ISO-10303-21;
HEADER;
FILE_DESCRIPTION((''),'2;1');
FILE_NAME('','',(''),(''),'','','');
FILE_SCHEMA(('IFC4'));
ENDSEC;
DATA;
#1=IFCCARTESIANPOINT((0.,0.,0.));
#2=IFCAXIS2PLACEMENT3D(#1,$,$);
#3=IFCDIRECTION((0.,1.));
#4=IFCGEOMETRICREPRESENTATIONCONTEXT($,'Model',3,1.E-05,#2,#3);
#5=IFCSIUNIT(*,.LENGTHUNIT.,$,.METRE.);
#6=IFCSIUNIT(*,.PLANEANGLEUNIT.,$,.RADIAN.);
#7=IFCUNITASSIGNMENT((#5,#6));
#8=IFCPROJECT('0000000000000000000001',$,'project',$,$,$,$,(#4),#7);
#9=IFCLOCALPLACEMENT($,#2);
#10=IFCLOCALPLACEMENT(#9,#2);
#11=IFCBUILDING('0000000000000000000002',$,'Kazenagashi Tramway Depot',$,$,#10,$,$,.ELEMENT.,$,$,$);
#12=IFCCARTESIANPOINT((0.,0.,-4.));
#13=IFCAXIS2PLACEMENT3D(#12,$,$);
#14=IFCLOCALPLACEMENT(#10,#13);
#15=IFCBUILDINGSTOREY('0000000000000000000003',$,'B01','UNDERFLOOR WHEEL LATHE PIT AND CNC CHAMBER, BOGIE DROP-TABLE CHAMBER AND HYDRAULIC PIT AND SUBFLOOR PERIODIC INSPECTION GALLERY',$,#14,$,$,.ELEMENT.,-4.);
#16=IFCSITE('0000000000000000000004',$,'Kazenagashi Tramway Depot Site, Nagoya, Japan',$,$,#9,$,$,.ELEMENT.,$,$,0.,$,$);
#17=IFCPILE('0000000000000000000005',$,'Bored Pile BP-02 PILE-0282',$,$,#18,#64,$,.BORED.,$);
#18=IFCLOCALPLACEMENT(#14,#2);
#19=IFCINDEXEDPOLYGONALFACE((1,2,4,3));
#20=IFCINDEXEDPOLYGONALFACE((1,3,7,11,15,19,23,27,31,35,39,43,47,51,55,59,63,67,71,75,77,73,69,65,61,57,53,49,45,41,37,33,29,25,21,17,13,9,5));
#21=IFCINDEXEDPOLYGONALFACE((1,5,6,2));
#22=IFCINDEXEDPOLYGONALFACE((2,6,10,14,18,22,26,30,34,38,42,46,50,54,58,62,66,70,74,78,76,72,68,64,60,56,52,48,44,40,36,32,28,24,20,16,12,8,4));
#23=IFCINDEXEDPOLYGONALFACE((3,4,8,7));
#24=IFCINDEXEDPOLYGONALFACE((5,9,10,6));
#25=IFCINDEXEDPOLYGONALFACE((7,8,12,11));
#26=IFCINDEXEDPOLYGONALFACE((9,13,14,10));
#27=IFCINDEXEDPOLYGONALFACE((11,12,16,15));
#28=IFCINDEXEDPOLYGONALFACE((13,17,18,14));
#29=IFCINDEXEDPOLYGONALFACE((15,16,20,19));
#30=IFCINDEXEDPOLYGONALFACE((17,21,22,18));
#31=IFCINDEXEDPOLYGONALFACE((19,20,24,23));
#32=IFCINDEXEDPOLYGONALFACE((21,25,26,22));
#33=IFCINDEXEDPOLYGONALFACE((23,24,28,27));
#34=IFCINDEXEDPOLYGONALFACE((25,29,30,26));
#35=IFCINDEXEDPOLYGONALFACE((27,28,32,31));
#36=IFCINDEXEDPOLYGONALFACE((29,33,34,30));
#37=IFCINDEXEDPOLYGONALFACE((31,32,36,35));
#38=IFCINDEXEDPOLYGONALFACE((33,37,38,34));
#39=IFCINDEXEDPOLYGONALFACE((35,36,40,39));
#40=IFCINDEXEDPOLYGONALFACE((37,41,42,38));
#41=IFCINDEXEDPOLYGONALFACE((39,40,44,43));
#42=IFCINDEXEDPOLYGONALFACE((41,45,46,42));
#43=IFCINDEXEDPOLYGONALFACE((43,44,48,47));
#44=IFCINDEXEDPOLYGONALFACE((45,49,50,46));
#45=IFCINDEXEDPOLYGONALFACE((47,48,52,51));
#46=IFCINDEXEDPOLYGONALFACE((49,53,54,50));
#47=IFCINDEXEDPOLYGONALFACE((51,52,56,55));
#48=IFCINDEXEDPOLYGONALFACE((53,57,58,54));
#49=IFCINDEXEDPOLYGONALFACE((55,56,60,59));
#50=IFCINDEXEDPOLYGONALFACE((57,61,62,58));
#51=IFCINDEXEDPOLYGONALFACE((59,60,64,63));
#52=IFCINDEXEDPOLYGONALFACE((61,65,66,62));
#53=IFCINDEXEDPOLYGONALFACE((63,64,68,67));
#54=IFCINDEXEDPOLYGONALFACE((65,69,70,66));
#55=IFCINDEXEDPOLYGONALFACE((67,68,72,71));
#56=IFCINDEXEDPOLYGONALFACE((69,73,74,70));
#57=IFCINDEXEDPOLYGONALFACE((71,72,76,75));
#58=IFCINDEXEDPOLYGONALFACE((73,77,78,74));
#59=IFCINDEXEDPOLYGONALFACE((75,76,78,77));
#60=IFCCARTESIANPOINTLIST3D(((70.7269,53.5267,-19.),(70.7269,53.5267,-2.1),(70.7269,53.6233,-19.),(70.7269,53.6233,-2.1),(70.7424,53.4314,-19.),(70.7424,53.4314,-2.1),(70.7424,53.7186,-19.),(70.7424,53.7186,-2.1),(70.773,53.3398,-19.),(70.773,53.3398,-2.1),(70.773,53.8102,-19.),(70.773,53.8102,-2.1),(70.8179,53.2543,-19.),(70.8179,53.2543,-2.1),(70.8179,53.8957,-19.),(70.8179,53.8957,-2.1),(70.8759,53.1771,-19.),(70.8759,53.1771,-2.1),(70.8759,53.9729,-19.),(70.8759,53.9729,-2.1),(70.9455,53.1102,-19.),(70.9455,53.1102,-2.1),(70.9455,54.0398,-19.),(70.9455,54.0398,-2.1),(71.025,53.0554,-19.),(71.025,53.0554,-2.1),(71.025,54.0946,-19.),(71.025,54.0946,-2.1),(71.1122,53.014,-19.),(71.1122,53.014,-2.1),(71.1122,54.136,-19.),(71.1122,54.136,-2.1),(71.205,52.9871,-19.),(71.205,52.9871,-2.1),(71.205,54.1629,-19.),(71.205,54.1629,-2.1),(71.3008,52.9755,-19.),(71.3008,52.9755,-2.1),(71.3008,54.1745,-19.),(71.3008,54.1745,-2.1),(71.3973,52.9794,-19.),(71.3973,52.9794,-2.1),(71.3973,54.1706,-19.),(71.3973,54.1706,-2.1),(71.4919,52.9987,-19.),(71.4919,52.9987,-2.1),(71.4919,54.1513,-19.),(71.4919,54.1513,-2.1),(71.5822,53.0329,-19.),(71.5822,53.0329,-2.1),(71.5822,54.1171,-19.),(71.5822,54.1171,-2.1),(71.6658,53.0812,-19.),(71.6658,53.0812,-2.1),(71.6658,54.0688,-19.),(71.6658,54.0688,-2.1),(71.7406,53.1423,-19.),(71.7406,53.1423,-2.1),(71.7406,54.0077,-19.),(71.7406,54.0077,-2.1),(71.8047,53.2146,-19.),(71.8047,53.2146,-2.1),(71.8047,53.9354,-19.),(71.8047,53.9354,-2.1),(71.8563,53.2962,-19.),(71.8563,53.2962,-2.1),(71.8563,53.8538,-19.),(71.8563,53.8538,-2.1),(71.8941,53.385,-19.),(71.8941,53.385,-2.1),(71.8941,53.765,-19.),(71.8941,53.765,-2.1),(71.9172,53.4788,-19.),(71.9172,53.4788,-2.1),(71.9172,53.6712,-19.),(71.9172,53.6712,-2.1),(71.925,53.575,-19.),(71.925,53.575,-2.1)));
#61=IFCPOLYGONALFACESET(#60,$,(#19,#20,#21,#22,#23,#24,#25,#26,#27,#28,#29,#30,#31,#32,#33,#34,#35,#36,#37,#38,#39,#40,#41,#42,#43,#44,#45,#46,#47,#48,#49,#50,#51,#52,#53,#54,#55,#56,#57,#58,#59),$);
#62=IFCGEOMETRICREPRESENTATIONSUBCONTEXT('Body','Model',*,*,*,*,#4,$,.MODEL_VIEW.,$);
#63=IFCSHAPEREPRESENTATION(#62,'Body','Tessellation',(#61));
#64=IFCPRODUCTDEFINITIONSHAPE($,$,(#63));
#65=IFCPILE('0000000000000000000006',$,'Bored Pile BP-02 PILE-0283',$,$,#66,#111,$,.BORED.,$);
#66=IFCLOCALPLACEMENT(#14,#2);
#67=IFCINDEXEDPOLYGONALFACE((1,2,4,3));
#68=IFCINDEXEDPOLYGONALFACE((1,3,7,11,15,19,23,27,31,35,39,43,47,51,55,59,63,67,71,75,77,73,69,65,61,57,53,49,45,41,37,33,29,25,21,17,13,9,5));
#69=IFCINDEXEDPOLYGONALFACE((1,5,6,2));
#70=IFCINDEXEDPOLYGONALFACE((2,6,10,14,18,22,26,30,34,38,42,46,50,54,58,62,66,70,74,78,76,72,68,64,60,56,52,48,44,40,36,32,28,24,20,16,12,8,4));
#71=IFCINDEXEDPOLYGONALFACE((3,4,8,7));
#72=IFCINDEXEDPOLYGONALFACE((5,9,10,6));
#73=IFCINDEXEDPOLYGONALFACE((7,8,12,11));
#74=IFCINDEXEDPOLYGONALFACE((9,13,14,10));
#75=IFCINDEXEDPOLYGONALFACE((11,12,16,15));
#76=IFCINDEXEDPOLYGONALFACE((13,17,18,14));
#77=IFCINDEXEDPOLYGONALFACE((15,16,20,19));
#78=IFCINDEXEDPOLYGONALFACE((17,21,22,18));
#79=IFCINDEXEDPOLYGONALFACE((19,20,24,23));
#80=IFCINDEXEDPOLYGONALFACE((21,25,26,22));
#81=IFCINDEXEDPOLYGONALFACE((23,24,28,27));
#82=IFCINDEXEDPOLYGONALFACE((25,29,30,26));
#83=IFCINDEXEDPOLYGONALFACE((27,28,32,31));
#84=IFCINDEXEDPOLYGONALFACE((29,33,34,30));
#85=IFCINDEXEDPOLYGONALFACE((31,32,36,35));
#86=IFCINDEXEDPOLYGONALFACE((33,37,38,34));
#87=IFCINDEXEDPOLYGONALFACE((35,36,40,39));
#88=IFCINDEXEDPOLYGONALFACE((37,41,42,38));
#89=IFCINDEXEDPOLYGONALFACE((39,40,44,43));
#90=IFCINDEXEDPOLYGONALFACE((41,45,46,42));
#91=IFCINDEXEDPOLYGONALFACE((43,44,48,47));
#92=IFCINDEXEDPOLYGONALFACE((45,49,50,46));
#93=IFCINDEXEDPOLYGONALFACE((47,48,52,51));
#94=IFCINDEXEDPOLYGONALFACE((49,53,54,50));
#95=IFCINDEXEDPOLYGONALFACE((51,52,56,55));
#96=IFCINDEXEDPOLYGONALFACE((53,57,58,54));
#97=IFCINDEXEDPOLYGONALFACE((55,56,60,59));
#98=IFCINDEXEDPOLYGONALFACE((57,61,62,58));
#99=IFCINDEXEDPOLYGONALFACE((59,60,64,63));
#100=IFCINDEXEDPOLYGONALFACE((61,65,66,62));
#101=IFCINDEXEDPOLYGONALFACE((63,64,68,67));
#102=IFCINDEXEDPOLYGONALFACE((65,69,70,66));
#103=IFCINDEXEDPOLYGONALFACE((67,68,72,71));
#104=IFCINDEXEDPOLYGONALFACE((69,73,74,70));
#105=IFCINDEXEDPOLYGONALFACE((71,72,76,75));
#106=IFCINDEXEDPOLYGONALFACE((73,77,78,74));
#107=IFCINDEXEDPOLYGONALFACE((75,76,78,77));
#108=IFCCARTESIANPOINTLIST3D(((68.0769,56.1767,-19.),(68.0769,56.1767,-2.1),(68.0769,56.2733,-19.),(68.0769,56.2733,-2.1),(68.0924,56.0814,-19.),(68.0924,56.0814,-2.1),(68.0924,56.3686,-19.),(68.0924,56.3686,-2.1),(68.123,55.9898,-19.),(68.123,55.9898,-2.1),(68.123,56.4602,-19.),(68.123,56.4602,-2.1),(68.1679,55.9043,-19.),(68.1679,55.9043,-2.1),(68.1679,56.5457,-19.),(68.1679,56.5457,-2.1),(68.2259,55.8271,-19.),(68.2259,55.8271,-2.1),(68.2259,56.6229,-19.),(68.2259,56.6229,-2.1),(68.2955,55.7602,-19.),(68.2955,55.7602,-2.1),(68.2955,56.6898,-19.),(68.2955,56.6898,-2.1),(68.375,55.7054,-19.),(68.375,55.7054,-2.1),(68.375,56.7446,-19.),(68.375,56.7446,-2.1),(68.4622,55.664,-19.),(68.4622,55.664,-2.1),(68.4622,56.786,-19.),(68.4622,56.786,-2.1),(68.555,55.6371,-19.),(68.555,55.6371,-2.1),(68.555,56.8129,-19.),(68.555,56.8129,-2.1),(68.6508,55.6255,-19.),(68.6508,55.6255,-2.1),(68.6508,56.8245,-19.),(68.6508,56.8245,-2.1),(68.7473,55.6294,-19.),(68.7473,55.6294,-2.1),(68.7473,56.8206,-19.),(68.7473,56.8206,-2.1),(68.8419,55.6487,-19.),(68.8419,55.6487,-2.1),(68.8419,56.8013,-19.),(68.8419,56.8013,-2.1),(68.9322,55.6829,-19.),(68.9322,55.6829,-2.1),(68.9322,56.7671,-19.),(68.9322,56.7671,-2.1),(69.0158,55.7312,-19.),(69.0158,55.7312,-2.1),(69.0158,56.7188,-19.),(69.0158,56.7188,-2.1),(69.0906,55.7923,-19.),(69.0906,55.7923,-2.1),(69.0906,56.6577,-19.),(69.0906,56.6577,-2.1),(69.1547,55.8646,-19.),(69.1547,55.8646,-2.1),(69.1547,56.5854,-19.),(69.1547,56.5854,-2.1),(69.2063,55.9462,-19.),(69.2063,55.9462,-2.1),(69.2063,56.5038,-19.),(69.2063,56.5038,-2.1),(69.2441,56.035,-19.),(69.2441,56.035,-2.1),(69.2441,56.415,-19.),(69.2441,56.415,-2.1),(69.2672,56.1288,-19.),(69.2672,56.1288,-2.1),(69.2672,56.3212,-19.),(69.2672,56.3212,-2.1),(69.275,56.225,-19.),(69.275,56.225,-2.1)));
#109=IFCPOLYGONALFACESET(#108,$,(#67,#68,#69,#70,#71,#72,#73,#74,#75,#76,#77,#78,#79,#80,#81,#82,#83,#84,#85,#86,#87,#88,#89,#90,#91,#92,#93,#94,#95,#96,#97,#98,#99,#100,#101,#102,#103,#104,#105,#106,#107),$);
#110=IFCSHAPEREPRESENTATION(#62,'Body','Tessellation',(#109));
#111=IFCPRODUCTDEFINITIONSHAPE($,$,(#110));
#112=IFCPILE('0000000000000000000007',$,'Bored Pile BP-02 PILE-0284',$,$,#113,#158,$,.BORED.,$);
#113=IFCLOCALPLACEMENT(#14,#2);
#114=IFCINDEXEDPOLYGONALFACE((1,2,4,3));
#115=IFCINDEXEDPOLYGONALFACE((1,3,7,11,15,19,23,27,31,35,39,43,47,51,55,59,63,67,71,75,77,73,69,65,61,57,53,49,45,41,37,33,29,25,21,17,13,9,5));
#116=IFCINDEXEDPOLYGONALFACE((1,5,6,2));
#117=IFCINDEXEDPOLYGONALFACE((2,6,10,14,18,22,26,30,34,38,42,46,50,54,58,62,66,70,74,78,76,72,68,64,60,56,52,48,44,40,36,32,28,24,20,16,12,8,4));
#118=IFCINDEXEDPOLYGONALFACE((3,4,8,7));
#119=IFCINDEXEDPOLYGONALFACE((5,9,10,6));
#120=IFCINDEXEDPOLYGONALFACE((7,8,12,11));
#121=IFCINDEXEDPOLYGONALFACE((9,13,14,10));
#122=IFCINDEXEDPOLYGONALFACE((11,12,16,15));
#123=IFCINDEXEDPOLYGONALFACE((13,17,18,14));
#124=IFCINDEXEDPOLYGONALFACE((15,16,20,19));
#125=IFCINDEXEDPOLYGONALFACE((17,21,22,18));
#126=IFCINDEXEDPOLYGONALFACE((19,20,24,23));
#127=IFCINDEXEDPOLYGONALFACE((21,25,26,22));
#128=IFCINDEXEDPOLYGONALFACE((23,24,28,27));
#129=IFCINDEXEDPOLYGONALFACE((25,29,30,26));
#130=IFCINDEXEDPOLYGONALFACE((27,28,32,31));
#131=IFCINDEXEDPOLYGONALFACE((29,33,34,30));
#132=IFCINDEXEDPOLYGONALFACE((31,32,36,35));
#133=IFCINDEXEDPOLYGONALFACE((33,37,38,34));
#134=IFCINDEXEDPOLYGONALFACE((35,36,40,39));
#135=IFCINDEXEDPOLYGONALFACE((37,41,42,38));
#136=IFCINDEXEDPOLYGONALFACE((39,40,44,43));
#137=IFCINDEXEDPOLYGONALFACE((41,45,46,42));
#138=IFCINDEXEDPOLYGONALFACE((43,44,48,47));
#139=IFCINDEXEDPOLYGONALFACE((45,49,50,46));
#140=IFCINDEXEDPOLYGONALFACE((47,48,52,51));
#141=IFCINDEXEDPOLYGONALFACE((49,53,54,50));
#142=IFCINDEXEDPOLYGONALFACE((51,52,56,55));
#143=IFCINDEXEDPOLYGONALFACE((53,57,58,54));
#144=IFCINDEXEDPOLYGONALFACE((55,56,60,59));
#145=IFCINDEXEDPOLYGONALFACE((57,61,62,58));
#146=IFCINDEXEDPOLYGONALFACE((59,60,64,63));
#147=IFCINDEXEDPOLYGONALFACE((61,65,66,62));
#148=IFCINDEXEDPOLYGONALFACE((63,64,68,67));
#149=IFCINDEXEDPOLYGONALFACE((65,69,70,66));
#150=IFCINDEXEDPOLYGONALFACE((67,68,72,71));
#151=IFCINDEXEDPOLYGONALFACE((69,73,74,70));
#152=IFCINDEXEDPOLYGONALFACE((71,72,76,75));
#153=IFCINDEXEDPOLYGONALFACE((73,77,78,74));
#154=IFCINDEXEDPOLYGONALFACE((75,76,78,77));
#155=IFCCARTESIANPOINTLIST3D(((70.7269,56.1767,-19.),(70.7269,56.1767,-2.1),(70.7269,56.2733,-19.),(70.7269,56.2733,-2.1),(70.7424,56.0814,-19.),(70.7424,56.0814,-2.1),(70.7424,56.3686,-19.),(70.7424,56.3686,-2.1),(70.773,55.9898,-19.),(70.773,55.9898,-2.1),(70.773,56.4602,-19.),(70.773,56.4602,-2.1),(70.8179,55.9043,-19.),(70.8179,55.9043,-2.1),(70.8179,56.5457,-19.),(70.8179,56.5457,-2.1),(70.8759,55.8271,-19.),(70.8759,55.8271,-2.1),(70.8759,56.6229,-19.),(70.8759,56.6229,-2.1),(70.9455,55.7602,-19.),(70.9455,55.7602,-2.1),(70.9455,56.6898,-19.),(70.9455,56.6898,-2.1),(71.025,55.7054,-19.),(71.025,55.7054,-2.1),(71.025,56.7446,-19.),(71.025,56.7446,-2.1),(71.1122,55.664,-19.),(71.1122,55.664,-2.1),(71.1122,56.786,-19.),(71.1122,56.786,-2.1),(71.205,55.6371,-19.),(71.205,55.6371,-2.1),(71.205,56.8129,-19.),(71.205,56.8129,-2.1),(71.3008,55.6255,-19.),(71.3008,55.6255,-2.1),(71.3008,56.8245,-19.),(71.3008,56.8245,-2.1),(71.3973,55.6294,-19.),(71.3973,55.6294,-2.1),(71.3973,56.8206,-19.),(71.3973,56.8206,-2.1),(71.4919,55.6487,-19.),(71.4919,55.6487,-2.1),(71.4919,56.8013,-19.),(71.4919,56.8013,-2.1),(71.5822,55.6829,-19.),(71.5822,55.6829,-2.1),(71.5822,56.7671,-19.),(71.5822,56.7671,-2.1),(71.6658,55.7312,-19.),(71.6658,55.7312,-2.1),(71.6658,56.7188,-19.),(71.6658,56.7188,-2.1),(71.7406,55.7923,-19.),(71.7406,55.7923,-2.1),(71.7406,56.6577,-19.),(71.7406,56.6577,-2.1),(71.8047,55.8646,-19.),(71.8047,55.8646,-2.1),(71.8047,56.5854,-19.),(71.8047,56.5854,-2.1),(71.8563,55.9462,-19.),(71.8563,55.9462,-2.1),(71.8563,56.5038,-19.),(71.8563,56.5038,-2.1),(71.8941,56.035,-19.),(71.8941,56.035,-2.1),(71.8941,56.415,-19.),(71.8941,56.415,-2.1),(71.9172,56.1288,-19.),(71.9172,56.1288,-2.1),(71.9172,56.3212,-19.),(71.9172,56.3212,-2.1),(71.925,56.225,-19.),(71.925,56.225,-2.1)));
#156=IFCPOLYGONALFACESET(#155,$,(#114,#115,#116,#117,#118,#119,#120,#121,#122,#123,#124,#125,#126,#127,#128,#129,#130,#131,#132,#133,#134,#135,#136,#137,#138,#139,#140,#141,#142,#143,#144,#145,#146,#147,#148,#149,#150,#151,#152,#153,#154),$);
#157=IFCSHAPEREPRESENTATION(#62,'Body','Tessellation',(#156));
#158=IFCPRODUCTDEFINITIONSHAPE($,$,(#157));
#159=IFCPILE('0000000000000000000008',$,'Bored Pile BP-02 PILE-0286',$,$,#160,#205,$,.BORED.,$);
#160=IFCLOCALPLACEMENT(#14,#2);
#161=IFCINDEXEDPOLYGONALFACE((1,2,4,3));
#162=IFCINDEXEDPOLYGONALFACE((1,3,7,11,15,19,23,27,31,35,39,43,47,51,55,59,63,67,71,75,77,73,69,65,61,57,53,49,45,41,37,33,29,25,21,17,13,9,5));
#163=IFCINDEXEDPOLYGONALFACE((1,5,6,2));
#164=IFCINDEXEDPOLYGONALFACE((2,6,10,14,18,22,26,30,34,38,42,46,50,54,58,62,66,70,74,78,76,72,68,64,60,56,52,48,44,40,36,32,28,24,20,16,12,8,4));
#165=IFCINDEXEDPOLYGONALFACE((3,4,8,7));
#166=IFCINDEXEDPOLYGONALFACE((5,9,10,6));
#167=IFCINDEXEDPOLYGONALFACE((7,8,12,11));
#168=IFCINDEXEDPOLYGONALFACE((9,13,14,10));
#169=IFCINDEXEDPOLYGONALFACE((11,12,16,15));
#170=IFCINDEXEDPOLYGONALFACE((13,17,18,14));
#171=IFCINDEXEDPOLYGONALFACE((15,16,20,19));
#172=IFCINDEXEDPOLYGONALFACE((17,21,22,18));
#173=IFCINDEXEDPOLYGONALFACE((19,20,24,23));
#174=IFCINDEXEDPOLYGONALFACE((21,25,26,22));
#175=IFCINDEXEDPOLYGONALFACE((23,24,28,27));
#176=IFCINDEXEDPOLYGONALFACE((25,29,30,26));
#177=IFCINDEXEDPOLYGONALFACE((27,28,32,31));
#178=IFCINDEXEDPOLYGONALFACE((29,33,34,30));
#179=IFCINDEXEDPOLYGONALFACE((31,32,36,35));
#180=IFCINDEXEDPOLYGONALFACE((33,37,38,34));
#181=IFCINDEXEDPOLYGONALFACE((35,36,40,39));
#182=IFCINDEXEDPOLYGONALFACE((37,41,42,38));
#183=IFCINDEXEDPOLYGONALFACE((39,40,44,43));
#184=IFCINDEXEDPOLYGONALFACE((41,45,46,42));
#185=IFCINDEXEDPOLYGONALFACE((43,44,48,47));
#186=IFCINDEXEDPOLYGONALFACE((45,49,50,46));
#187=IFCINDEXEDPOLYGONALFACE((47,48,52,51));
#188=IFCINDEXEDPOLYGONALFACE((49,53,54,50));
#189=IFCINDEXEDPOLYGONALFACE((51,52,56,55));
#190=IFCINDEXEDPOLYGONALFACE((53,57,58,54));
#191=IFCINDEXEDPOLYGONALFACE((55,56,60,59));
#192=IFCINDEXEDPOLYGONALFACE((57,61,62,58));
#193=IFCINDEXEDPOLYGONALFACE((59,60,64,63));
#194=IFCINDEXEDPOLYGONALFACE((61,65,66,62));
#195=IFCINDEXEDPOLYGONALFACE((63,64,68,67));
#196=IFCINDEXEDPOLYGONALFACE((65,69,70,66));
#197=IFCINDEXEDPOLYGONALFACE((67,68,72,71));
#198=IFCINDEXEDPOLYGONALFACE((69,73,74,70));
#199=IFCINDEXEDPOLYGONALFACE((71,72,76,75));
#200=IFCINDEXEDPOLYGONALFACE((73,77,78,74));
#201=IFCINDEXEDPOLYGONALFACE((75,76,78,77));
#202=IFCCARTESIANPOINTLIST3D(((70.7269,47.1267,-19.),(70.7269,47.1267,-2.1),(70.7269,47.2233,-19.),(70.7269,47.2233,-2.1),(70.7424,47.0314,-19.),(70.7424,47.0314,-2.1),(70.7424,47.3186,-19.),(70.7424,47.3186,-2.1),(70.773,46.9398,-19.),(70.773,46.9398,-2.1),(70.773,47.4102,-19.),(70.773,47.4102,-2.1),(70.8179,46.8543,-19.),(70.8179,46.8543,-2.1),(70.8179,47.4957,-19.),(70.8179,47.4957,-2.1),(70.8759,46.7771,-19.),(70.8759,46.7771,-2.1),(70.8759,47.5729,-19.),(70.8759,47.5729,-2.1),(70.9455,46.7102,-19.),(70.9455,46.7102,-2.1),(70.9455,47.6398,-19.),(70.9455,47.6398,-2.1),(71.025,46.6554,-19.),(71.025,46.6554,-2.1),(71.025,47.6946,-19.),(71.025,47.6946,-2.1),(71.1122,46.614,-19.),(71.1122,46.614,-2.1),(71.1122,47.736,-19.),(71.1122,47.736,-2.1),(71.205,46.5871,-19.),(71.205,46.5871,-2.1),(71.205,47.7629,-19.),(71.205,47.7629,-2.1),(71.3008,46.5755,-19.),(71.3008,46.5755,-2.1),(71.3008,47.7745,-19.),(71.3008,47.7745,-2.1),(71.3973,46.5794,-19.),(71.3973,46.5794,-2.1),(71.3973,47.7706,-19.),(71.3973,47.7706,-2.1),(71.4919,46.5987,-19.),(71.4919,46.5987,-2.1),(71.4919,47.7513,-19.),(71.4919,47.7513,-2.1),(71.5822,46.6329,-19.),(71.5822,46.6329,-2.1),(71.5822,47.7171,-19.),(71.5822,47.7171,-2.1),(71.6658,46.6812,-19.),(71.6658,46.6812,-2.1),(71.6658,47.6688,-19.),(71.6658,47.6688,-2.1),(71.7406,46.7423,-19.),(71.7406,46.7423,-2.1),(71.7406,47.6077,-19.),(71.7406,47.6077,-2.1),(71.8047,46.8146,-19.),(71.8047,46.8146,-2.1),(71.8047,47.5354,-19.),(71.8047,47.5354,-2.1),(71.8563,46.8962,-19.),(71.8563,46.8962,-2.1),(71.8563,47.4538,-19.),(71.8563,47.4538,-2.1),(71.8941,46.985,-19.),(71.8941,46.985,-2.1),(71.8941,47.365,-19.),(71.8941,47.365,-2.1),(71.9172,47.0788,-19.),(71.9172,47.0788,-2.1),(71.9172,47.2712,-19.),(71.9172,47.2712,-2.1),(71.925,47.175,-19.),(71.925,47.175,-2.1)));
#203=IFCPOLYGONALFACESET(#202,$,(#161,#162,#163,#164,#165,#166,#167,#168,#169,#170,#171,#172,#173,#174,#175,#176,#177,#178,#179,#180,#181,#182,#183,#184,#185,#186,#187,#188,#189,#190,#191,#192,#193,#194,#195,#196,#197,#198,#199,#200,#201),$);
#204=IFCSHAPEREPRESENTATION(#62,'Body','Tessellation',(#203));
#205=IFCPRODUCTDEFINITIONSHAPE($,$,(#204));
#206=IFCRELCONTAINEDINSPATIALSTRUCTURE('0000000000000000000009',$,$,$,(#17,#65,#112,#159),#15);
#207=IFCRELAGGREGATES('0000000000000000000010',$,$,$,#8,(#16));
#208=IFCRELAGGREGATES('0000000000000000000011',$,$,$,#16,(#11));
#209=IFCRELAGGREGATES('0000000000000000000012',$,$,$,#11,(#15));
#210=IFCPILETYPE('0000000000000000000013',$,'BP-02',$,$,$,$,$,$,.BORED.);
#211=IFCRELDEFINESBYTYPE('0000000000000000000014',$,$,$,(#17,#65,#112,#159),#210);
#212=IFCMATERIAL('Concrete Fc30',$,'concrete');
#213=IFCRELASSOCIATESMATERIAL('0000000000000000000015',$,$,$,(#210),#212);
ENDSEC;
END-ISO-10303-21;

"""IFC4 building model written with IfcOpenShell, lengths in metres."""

from ifc_helpers import new_model, si_unit, direction, frame, origin, origin_2d, place, context, subcontext, project, spatial, circle, extrude, material, material_profile, profile_set, type_object, element, save


model = new_model("IFC4")

# Units and contexts
model_context = context("Model", 3, precision=1e-05, world=origin(), true_north=direction((0.0, 1.0)))
body_context = subcontext(model_context, "Body", "Model", "MODEL_VIEW")
ifc_project = project(units=[si_unit("LENGTHUNIT", "METRE"), si_unit("PLANEANGLEUNIT", "RADIAN")], contexts=[model_context])

# Site, building, storey
site_placement = place(None, origin())
site = spatial("IfcSite", under=ifc_project, at=site_placement, Name="Kazenagashi Tramway Depot Site, Nagoya, Japan", CompositionType="ELEMENT", RefElevation=0.0)
building_placement = place(site_placement, origin())
building = spatial("IfcBuilding", under=site, at=building_placement, Name="Kazenagashi Tramway Depot", CompositionType="ELEMENT")
storey_placement = place(building_placement, frame((0.0, 0.0, -4.0)))
storey = spatial("IfcBuildingStorey", under=building, at=storey_placement, Name="B01", Description="UNDERFLOOR WHEEL LATHE PIT AND CNC CHAMBER, BOGIE DROP-TABLE CHAMBER AND HYDRAULIC PIT AND SUBFLOOR PERIODIC INSPECTION GALLERY", CompositionType="ELEMENT", Elevation=-4.0)

# Piles
ifc_material_1 = material(Name="Concrete Fc30", Category="concrete")
ifc_material_profile_1 = material_profile(ifc_material_1, circle(Radius=0.6, at=origin_2d()), Name="PILE-1200")
ifc_profile_set_1 = profile_set([ifc_material_profile_1], Name="Concrete Fc30")
pile_type = type_object("IfcPileType", Name="BP-02", PredefinedType="BORED", material=ifc_profile_set_1)
for number, where, z_axis, x_axis, name in (
    (1, (71.325, 53.575, -2.1), (0.0, 0.0, -1.0), (1.0, 0.0, 0.0), "Bored Pile BP-02 PILE-0282"),
    (2, (68.675, 56.225, -2.1), (0.0, 0.0, -1.0), (1.0, 0.0, 0.0), "Bored Pile BP-02 PILE-0283"),
    (3, (71.325, 56.225, -2.1), (0.0, 0.0, -1.0), (1.0, 0.0, 0.0), "Bored Pile BP-02 PILE-0284"),
    (4, (71.325, 47.175, -2.1), (0.0, 0.0, -1.0), (1.0, 0.0, 0.0), "Bored Pile BP-02 PILE-0286"),
):
    element("IfcPile", number, at=place(storey_placement, frame(where, z_axis=z_axis, x_axis=x_axis)), inside=storey, type_object=pile_type, Name=name, PredefinedType="BORED", context=body_context, shape_type="SweptSolid", body=[
        extrude(circle(Radius=0.6, at=origin_2d()), origin(), (0.0, 0.0, 1.0), 16.9),
    ])

save(model, "model.ifc")
